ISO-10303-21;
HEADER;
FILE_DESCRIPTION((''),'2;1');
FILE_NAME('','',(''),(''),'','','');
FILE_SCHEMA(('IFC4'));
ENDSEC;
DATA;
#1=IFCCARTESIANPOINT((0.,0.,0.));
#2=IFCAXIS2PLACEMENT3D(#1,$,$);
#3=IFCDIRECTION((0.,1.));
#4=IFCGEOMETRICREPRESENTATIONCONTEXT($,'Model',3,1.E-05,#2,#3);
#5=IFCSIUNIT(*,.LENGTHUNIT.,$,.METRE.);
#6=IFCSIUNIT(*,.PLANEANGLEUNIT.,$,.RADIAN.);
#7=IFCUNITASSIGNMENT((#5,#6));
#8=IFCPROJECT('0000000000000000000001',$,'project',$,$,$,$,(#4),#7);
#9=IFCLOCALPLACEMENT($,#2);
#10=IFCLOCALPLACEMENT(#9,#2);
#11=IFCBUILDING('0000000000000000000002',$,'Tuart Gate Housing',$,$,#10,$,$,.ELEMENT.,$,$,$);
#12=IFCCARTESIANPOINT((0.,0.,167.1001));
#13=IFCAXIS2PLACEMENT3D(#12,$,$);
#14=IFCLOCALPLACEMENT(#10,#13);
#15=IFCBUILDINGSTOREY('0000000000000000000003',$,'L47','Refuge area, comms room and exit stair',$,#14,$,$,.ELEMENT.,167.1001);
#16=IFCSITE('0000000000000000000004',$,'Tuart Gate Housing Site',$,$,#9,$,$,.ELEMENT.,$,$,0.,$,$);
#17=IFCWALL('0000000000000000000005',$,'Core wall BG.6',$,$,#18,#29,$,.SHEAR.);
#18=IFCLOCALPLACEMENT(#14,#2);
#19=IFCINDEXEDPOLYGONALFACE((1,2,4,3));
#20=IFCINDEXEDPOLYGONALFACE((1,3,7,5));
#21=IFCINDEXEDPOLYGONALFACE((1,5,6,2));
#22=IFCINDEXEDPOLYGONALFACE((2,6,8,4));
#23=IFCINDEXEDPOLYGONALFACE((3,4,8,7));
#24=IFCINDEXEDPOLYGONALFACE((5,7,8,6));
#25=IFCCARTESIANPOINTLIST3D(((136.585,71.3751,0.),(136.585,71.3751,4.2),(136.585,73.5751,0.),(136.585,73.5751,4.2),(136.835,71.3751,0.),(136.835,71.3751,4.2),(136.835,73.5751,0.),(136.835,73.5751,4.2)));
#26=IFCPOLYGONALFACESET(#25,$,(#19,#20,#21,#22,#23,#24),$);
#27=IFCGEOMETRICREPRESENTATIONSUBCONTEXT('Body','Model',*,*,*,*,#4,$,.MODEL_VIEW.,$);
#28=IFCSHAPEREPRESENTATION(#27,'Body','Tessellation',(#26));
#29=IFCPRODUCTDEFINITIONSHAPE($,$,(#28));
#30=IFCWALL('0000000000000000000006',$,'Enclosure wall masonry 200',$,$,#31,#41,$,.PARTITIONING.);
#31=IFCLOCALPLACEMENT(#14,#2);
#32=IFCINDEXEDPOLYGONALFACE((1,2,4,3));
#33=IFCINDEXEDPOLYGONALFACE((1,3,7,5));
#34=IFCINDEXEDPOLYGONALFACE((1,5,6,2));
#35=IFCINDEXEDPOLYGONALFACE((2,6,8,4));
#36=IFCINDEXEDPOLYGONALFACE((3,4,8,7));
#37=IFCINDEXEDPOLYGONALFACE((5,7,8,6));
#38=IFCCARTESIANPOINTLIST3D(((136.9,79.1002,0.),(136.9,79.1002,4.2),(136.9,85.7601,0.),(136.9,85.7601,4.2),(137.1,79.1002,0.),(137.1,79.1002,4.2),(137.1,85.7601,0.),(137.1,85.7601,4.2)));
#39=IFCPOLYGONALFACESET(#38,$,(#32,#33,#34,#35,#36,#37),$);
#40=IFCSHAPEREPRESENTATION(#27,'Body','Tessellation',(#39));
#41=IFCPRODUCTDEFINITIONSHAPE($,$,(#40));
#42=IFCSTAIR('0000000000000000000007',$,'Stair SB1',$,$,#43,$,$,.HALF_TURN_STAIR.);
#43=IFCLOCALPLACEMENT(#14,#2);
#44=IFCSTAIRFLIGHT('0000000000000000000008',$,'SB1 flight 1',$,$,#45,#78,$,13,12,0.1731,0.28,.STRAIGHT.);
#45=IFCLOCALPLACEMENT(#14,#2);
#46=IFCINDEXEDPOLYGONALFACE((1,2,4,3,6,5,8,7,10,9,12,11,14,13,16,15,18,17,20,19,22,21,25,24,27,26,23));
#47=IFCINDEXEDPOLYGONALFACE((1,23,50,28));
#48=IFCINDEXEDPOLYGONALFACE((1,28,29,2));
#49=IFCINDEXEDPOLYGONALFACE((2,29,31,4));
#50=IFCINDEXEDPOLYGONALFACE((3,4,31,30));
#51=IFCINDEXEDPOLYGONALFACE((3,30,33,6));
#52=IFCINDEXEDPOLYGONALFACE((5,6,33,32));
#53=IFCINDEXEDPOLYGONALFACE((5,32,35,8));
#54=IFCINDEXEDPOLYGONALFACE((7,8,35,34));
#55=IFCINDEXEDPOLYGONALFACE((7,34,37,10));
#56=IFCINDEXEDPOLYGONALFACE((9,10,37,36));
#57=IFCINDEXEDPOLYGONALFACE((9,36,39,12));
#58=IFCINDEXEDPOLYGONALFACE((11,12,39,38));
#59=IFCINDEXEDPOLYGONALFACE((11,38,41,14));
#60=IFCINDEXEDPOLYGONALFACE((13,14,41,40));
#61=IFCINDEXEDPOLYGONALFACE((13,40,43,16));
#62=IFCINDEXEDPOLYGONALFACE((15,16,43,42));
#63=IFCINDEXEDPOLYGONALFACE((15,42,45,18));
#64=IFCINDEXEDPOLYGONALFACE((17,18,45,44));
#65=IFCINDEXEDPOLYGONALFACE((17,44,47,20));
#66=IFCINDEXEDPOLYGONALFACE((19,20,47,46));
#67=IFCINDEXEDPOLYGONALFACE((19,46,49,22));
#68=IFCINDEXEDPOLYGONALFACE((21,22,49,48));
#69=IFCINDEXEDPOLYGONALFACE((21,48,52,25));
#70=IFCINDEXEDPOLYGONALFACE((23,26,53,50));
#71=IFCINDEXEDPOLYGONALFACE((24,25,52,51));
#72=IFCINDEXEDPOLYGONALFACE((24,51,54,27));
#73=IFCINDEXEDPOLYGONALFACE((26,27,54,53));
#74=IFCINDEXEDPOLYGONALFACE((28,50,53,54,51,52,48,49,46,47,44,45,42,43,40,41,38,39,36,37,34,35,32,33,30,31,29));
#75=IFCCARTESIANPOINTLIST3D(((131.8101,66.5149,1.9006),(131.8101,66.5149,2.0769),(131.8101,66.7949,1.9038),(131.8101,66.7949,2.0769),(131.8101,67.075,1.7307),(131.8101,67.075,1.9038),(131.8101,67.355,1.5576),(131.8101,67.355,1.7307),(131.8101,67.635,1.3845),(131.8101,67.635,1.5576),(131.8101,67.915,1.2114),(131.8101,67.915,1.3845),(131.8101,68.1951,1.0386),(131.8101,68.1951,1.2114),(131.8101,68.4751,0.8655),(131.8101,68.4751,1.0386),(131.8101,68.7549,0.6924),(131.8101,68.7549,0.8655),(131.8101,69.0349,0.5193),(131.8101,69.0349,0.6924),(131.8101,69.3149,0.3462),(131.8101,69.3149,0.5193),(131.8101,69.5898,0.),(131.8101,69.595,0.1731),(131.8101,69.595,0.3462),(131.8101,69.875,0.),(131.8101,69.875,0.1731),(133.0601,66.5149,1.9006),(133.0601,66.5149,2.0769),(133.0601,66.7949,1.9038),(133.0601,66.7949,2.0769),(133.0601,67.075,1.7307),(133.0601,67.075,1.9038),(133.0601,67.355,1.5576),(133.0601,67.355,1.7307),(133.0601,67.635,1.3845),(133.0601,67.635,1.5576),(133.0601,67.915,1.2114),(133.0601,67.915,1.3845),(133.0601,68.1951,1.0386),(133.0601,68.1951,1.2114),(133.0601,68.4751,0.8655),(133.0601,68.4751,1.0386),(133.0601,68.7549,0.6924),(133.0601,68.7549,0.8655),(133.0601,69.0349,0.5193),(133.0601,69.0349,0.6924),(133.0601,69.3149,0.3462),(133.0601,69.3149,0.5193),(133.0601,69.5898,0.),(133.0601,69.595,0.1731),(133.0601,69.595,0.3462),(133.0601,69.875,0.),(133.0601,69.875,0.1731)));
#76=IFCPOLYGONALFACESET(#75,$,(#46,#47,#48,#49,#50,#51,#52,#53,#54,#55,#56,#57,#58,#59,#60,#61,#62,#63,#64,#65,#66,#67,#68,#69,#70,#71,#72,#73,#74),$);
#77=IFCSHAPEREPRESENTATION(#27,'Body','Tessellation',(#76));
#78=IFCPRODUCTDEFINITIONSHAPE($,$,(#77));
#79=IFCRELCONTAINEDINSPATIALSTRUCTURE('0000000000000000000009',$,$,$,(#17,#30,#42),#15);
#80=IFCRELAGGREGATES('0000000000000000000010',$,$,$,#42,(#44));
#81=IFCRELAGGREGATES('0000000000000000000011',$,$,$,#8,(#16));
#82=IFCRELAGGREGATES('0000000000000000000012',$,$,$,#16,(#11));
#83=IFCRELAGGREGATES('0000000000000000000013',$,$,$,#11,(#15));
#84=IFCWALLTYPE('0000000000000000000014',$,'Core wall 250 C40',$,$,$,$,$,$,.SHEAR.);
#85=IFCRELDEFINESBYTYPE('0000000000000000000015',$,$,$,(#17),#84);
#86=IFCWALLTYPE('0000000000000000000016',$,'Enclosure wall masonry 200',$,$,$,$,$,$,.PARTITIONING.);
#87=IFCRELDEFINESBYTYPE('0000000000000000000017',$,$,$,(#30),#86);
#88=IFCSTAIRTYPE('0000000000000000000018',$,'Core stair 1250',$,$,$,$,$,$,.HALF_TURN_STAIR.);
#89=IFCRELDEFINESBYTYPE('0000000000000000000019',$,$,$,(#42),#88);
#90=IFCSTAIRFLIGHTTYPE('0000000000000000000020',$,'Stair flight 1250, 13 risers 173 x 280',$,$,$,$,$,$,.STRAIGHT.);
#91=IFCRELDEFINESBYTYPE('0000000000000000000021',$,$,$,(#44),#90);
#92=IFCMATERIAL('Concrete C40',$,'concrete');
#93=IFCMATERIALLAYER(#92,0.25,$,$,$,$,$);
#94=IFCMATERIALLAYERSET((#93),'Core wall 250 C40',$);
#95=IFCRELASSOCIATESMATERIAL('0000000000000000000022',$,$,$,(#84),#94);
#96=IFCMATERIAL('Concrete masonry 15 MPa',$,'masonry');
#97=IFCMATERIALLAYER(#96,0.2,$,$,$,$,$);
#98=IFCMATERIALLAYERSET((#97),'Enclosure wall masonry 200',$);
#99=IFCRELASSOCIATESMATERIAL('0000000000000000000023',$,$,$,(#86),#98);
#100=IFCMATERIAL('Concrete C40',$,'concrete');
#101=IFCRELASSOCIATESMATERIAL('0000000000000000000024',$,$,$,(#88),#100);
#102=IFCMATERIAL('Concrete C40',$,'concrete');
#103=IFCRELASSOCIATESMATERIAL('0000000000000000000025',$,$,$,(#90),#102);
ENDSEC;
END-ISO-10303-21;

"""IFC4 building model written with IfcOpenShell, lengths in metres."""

from ifc_helpers import new_model, si_unit, direction, frame, frame_2d, origin, place, context, subcontext, project, spatial, polyline, rectangle, outline, extrude, material, layer, layer_set, type_object, element, aggregate, save


model = new_model("IFC4")

# Units and contexts
model_context = context("Model", 3, precision=1e-05, world=origin(), true_north=direction((0.0, 1.0)))
body_context = subcontext(model_context, "Body", "Model", "MODEL_VIEW")
ifc_project = project(units=[si_unit("LENGTHUNIT", "METRE"), si_unit("PLANEANGLEUNIT", "RADIAN")], contexts=[model_context])

# Site, building, storey
site_placement = place(None, origin())
site = spatial("IfcSite", under=ifc_project, at=site_placement, Name="Tuart Gate Housing Site", CompositionType="ELEMENT", RefElevation=0.0)
building_placement = place(site_placement, origin())
building = spatial("IfcBuilding", under=site, at=building_placement, Name="Tuart Gate Housing", CompositionType="ELEMENT")
storey_placement = place(building_placement, frame((0.0, 0.0, 167.1001)))
storey = spatial("IfcBuildingStorey", under=building, at=storey_placement, Name="L47", Description="Refuge area, comms room and exit stair", CompositionType="ELEMENT", Elevation=167.1001)

# Walls
ifc_material_1 = material(Name="Concrete C40", Category="concrete")
ifc_layer_1 = layer(ifc_material_1, 0.25)
ifc_layer_set_1 = layer_set([ifc_layer_1], Name="Core wall 250 C40")
wall_type_1 = type_object("IfcWallType", Name="Core wall 250 C40", PredefinedType="SHEAR", material=ifc_layer_set_1)
wall_1_placement = place(storey_placement, frame((136.71, 71.375, 0.0), z_axis=(0.0, 0.0, 1.0), x_axis=(0.0, 1.0, 0.0)))
element("IfcWall", 1, at=wall_1_placement, inside=storey, type_object=wall_type_1, Name="Core wall BG.6", PredefinedType="SHEAR", context=body_context, shape_type="SweptSolid", body=[
    extrude(rectangle(XDim=2.2, YDim=0.25, at=frame_2d((1.1001, 0.0))), origin(), (0.0, 0.0, 1.0), 4.2),
])
ifc_material_2 = material(Name="Concrete masonry 15 MPa", Category="masonry")
ifc_layer_2 = layer(ifc_material_2, 0.2)
ifc_layer_set_2 = layer_set([ifc_layer_2], Name="Enclosure wall masonry 200")
wall_type_2 = type_object("IfcWallType", Name="Enclosure wall masonry 200", PredefinedType="PARTITIONING", material=ifc_layer_set_2)
wall_2_placement = place(storey_placement, frame((137.0, 79.1001, 0.0), z_axis=(0.0, 0.0, 1.0), x_axis=(0.0, 1.0, 0.0)))
element("IfcWall", 2, at=wall_2_placement, inside=storey, type_object=wall_type_2, Name="Enclosure wall masonry 200", PredefinedType="PARTITIONING", context=body_context, shape_type="SweptSolid", body=[
    extrude(rectangle(XDim=6.6599, YDim=0.2, at=frame_2d((3.3301, 0.0))), origin(), (0.0, 0.0, 1.0), 4.2),
])

# Stair, stair flight
ifc_material_3 = material(Name="Concrete C40", Category="concrete")
stair_type = type_object("IfcStairType", Name="Core stair 1250", PredefinedType="HALF_TURN_STAIR", material=ifc_material_3)
stair_placement = place(storey_placement, origin())
stair = element("IfcStair", 3, at=stair_placement, inside=storey, type_object=stair_type, Name="Stair SB1", PredefinedType="HALF_TURN_STAIR")
ifc_material_4 = material(Name="Concrete C40", Category="concrete")
stair_flight_type = type_object("IfcStairFlightType", Name="Stair flight 1250, 13 risers 173 x 280", PredefinedType="STRAIGHT", material=ifc_material_4)
stair_flight_placement = place(storey_placement, frame((132.4351, 69.875, 0.0), z_axis=(0.0, 0.0, 1.0), x_axis=(0.0, -1.0, 0.0)))
stair_flight = element("IfcStairFlight", 4, at=stair_flight_placement, type_object=stair_flight_type, Name="SB1 flight 1", NumberOfRisers=13, NumberOfTreads=12, PredefinedType="STRAIGHT", RiserHeight=0.1731, TreadLength=0.28, context=body_context, shape_type="SweptSolid", body=[
    extrude(outline(polyline([(0.0, 0.0), (0.0, 0.1731), (0.28, 0.1731), (0.28, 0.3462), (0.5601, 0.3462), (0.5601, 0.5193), (0.8401, 0.5193), (0.8401, 0.6924), (1.1201, 0.6924), (1.1201, 0.8655), (1.3999, 0.8655), (1.3999, 1.0386), (1.6799, 1.0386), (1.6799, 1.2114), (1.96, 1.2114), (1.96, 1.3845), (2.24, 1.3845), (2.24, 1.5576), (2.52, 1.5576), (2.52, 1.7307), (2.8, 1.7307), (2.8, 1.9038), (3.0801, 1.9038), (3.0801, 2.0769), (3.3601, 2.0769), (3.3601, 2.25), (3.3601, 1.9006), (0.2852, 0.0), (0.0, 0.0)])), frame((0.0, 0.625, 0.0), z_axis=(0.0, -1.0, 0.0), x_axis=(1.0, 0.0, 0.0)), (0.0, 0.0, 1.0), 1.25),
])
aggregate(stair, [stair_flight])

save(model, "model.ifc")
